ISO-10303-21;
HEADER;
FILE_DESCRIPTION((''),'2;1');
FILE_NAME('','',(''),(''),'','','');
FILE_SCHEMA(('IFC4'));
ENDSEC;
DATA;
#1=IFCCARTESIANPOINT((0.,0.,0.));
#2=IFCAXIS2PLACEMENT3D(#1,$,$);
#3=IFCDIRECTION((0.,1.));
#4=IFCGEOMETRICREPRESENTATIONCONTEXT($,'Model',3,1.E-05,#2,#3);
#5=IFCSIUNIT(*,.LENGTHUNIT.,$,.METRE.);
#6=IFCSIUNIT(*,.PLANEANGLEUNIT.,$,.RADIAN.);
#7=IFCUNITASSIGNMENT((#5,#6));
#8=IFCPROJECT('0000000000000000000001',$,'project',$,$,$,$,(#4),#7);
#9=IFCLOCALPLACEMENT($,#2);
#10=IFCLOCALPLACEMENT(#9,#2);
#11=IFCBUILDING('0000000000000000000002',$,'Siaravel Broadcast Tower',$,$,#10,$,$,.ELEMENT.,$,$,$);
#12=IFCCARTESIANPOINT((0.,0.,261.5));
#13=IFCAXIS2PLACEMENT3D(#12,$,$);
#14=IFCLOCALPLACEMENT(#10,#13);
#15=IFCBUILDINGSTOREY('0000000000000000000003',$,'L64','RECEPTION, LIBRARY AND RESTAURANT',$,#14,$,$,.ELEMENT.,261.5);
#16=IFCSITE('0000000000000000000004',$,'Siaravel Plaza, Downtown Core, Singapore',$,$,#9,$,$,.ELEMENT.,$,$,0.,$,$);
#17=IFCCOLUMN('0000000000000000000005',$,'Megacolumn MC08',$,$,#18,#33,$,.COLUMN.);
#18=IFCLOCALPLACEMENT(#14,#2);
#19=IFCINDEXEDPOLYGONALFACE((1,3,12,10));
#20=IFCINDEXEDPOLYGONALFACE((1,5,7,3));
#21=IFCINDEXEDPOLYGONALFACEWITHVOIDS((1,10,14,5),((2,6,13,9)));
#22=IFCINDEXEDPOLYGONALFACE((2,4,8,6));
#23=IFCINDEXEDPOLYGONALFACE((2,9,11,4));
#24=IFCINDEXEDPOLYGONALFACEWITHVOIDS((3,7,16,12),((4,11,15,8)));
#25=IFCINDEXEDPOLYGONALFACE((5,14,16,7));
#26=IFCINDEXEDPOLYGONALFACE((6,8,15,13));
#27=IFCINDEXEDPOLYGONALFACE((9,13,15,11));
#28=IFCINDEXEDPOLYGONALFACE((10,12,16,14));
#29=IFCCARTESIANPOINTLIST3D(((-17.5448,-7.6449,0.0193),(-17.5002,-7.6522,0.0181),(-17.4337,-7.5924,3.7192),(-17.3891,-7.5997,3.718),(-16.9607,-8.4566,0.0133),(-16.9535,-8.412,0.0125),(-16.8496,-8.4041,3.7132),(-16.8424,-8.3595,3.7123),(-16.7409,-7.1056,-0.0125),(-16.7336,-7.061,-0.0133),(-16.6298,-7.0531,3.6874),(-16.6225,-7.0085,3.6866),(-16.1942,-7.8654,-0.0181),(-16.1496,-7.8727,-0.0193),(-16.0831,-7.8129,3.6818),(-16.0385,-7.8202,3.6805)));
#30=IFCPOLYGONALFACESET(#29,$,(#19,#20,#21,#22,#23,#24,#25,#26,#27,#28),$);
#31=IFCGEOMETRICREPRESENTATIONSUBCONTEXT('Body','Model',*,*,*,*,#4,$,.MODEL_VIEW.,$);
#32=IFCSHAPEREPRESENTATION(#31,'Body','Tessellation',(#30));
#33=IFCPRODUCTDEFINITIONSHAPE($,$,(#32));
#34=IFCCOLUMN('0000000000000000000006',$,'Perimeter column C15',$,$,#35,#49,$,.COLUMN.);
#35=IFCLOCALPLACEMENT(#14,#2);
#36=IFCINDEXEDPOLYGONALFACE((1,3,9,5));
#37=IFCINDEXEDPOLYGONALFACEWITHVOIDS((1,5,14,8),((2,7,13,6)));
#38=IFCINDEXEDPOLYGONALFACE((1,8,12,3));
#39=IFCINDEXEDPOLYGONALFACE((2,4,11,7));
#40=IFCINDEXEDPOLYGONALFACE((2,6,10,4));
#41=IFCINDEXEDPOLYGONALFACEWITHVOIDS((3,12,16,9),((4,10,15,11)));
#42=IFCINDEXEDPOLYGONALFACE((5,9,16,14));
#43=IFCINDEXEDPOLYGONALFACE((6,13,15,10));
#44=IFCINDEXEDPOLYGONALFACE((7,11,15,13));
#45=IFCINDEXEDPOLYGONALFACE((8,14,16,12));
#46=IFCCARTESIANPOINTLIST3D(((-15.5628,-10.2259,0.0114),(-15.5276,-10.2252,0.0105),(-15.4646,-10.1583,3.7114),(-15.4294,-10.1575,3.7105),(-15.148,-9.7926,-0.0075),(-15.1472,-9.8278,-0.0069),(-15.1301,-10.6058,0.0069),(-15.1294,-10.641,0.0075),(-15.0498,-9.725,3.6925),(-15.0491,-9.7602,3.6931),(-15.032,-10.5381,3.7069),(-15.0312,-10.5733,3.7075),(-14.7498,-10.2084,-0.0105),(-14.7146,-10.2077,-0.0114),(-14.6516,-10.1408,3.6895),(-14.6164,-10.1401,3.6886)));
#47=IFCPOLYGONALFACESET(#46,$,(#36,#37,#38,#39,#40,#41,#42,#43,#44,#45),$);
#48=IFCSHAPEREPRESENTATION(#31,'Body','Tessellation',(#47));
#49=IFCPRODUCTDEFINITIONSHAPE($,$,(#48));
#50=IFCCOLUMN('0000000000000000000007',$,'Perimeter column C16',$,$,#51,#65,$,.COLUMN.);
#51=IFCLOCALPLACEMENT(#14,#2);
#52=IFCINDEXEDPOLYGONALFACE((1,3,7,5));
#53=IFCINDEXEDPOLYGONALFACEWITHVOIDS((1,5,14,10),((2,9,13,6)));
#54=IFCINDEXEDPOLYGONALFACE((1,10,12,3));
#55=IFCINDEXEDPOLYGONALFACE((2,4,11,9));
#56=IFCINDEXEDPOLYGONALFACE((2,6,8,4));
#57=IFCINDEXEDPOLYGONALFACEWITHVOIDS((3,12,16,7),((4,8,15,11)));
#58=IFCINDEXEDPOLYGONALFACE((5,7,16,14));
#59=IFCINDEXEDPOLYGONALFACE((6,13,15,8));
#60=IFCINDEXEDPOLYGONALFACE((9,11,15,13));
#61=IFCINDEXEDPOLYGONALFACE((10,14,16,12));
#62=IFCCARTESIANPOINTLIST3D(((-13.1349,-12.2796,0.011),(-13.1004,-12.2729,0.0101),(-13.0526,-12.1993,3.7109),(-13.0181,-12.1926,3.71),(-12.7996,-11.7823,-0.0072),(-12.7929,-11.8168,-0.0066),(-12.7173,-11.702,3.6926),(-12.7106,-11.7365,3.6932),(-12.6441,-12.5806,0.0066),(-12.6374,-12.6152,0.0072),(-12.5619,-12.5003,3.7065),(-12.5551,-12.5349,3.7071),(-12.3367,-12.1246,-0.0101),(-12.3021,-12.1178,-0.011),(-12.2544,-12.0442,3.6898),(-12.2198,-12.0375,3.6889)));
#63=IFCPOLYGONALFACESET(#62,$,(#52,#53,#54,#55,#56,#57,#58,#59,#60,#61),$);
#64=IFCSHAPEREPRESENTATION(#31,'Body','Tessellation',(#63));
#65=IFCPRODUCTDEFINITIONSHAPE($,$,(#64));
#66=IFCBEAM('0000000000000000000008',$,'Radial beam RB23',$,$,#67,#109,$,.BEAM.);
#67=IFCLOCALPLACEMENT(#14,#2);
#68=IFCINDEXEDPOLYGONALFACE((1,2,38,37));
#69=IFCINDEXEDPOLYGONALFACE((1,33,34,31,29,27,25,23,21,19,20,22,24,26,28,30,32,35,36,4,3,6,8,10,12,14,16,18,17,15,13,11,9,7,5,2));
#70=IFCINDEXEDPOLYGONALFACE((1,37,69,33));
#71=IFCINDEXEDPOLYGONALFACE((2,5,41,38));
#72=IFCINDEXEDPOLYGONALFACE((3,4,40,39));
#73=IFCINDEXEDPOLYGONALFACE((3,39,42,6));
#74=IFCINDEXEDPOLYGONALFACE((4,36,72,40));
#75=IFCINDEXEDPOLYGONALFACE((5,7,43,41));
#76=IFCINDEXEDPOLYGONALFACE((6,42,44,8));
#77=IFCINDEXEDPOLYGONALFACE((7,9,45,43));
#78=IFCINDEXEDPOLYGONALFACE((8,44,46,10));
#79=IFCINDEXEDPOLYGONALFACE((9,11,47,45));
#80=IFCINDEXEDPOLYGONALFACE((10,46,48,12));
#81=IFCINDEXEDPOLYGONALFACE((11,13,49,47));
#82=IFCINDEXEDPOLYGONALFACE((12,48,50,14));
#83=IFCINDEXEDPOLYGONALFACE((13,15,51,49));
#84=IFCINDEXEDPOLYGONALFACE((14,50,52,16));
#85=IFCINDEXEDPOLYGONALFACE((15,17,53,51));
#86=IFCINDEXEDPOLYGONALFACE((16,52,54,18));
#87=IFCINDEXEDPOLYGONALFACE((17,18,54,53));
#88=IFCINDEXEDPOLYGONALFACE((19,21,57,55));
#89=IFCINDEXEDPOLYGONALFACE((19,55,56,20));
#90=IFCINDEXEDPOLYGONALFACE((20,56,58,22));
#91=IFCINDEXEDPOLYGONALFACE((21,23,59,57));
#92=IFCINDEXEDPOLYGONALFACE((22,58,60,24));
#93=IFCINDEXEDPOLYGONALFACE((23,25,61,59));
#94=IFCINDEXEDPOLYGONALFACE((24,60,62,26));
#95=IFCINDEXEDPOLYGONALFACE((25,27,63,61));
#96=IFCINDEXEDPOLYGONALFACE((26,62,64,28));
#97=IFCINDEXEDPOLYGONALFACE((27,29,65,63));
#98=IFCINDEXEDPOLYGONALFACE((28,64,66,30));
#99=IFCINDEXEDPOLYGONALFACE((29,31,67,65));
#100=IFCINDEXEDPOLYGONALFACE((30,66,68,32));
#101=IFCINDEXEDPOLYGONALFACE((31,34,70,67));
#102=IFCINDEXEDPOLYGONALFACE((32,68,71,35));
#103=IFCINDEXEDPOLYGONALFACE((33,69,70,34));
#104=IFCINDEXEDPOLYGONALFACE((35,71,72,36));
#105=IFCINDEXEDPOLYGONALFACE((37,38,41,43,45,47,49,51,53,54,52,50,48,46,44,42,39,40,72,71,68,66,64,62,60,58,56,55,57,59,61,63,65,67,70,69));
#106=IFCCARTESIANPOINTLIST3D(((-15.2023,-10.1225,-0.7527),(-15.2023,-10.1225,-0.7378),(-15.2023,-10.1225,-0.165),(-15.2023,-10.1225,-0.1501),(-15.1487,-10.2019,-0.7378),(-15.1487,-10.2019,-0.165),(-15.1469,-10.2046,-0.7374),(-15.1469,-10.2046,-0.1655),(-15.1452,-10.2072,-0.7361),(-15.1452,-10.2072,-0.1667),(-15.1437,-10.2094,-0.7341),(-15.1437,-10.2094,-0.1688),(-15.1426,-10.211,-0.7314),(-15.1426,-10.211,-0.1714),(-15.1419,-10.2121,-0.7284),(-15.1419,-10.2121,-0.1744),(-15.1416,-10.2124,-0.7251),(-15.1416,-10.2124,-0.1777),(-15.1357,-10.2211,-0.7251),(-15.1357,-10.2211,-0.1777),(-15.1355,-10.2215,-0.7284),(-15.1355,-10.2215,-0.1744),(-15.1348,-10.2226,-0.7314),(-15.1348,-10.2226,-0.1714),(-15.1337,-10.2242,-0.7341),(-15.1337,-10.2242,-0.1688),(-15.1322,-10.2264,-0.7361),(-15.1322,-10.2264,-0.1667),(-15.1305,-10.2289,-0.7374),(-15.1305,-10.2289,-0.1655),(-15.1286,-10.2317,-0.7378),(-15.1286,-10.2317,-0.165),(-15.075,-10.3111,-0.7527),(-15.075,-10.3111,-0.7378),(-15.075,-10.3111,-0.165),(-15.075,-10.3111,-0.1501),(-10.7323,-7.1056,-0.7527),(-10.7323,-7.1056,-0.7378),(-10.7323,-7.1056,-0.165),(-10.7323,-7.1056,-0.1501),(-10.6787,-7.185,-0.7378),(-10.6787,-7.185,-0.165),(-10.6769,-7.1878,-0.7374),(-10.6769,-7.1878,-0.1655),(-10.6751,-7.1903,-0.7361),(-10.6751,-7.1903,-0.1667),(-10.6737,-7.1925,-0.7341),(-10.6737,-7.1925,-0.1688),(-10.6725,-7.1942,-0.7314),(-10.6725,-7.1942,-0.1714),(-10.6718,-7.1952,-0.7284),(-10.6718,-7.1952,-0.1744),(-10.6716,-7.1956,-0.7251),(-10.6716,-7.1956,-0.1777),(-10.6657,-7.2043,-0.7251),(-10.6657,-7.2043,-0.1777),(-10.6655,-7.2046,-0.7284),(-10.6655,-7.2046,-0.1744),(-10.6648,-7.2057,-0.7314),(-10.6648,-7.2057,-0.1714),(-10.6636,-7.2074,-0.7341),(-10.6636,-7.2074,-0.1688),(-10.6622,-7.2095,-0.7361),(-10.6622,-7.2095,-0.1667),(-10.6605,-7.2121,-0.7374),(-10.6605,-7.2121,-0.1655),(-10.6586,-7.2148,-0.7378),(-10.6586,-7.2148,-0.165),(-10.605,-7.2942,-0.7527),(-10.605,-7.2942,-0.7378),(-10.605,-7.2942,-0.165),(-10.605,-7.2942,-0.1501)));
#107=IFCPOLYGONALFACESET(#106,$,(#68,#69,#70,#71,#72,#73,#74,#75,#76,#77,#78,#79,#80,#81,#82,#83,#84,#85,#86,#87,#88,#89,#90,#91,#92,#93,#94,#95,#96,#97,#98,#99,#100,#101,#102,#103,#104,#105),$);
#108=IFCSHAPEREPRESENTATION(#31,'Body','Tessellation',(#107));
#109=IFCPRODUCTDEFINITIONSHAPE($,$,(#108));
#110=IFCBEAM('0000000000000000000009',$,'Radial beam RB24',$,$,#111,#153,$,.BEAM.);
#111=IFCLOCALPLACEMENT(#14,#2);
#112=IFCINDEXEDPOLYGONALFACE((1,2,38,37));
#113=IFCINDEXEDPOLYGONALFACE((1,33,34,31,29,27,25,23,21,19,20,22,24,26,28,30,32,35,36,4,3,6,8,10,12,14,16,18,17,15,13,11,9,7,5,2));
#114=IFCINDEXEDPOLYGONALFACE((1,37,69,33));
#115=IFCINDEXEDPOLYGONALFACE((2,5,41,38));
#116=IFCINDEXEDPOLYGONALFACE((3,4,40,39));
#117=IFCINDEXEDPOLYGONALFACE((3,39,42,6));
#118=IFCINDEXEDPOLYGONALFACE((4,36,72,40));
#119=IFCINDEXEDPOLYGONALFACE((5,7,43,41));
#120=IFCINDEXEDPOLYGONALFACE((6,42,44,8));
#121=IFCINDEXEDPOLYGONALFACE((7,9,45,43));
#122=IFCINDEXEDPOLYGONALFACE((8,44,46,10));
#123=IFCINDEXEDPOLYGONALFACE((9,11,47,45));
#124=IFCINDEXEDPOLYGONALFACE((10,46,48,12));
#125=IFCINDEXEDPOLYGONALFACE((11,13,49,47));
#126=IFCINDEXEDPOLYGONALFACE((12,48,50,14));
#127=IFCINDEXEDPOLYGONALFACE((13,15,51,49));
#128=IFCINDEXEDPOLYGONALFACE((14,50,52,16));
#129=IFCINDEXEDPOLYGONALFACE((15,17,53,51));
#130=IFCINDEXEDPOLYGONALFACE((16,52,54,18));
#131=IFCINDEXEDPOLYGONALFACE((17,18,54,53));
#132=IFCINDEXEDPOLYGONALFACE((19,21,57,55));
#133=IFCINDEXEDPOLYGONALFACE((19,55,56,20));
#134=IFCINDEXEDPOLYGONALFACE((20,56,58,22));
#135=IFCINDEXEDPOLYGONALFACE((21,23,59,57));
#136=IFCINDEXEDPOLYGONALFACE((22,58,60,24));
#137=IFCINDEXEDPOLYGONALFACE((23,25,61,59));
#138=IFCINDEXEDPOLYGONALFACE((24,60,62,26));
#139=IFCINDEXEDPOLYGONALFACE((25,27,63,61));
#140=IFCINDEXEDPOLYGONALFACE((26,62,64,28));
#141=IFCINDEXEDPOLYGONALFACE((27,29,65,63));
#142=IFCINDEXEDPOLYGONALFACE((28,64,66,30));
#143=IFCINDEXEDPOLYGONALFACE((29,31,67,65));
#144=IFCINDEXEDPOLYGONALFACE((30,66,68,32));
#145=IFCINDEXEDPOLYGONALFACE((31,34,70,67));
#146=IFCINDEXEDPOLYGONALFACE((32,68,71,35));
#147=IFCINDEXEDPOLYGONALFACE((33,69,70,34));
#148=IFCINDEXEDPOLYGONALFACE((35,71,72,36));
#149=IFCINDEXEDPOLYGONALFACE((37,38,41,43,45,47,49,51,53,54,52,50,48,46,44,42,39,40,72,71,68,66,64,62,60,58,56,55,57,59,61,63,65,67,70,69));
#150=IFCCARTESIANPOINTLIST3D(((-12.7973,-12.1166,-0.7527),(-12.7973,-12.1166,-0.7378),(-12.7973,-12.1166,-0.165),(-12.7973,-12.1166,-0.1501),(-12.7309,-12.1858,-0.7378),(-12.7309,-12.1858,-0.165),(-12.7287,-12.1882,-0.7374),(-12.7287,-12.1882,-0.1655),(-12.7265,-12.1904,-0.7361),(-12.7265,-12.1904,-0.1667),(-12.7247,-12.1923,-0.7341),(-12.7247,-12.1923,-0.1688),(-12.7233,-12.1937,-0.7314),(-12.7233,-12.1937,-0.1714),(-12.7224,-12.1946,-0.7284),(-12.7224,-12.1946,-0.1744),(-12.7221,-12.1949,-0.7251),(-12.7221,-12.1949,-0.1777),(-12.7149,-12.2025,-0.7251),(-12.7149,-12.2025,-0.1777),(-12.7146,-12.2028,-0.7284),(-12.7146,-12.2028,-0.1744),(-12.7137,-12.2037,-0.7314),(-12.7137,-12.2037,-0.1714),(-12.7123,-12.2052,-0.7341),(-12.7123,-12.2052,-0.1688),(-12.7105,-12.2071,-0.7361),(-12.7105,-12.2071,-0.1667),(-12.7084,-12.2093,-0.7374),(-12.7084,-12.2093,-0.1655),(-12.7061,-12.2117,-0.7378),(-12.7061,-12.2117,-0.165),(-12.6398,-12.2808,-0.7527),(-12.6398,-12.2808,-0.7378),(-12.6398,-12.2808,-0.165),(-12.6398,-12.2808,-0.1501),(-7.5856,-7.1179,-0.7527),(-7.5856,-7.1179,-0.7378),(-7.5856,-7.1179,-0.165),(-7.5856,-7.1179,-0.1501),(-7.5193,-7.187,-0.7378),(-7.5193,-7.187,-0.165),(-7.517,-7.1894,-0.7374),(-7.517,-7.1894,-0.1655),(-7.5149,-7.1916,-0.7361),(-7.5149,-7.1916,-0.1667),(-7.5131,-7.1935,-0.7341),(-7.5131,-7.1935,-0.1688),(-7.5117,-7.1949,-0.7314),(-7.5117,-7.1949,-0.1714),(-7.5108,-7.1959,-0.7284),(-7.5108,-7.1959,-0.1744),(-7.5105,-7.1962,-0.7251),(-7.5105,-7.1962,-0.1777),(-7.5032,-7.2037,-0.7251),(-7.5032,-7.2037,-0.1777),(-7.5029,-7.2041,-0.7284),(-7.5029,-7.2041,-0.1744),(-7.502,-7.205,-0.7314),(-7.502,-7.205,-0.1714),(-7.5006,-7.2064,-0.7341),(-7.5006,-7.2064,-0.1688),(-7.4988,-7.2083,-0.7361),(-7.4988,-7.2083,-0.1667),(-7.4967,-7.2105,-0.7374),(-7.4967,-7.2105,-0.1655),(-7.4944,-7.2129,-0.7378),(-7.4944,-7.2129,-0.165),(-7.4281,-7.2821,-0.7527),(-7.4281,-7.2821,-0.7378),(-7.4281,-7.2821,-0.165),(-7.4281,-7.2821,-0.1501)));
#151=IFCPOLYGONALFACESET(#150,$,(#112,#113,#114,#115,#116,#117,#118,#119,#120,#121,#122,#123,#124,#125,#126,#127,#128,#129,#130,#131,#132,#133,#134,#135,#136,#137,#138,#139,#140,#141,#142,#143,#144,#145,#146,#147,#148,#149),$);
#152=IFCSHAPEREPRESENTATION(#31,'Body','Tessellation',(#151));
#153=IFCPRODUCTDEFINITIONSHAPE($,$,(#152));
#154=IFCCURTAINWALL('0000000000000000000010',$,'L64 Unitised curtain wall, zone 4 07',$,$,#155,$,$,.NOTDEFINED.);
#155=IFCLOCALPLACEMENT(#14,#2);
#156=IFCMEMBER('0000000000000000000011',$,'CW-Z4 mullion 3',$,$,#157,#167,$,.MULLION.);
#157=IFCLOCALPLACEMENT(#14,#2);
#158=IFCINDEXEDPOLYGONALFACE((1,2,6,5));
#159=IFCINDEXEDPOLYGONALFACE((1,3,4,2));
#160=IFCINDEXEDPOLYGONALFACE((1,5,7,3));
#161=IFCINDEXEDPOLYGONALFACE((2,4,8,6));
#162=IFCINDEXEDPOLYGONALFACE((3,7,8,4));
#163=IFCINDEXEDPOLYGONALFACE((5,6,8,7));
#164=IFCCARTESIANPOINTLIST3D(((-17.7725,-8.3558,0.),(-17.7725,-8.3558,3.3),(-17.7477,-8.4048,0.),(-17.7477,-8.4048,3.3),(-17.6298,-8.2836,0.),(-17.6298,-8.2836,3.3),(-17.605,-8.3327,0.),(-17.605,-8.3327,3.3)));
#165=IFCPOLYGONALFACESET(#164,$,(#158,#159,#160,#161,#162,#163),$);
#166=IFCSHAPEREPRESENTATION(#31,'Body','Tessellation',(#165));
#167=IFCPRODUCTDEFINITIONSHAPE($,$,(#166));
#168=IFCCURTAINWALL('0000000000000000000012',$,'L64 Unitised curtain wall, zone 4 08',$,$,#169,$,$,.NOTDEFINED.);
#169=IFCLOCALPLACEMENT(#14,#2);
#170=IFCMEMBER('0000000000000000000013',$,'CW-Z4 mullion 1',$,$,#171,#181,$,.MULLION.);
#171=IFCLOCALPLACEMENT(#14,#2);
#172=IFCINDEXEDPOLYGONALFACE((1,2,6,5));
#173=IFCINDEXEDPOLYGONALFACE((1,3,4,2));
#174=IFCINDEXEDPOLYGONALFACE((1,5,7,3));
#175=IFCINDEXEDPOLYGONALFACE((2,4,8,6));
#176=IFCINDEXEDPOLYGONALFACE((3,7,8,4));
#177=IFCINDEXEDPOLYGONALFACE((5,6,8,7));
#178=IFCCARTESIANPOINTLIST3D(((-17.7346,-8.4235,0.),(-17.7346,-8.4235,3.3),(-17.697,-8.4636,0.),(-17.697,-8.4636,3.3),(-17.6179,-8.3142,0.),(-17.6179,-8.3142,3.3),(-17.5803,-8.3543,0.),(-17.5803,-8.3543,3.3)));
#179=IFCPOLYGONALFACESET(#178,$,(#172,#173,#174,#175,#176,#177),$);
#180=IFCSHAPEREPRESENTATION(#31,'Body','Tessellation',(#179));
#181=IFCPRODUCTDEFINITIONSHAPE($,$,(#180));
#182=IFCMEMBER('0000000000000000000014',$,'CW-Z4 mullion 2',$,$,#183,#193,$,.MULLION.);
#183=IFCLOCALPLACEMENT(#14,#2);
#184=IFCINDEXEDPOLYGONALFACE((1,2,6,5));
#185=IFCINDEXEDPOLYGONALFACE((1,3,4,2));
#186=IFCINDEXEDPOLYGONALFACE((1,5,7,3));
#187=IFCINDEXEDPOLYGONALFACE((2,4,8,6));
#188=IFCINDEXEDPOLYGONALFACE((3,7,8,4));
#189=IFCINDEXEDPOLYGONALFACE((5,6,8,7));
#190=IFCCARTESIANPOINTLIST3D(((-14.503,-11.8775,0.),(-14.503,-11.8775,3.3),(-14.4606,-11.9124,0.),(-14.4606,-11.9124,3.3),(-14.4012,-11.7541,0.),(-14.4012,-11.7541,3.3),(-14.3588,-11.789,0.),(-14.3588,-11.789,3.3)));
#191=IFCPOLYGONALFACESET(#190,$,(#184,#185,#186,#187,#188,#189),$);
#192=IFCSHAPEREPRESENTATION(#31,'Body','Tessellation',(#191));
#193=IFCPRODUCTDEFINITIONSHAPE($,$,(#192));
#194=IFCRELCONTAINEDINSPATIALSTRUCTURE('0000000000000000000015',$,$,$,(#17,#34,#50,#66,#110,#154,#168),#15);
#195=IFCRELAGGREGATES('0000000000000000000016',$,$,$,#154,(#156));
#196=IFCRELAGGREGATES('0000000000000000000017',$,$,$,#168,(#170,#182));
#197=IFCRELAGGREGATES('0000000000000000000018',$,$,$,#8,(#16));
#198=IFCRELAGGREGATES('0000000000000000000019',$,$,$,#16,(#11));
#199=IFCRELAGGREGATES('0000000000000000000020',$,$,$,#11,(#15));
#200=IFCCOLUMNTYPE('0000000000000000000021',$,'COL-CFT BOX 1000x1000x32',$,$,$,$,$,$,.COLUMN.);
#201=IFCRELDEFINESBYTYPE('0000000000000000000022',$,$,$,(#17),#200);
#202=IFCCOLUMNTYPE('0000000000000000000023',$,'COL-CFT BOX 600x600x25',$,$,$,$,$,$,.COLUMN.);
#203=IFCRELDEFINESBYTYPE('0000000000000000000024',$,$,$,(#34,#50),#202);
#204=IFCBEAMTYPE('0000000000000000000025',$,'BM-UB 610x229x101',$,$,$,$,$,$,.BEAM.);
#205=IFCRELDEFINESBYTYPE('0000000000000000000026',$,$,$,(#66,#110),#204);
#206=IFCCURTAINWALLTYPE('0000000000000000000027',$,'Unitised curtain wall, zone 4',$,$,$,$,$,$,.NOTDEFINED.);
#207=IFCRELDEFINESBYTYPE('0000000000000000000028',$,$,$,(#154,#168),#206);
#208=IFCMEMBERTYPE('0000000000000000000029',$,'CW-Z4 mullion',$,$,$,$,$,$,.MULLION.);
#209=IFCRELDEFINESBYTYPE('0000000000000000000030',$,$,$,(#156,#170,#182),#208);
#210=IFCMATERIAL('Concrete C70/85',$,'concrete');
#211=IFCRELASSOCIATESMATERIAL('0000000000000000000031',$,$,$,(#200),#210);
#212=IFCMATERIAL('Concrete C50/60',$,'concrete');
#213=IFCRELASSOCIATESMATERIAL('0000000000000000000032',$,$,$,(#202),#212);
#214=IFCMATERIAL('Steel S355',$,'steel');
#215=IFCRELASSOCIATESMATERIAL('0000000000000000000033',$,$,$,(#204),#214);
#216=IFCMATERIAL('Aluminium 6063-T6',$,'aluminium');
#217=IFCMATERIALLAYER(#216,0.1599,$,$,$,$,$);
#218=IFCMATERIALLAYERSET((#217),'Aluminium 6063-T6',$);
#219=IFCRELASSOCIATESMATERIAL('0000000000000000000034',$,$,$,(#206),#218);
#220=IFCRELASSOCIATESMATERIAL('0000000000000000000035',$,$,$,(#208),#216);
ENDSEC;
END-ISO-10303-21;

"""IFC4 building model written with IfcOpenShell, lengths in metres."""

from ifc_helpers import new_model, si_unit, direction, frame, origin, origin_2d, place, context, subcontext, project, spatial, rectangle, hollow_rectangle, i_section, extrude, material, layer, layer_set, material_profile, profile_set, type_object, element, aggregate, save


model = new_model("IFC4")

# Units and contexts
model_context = context("Model", 3, precision=1e-05, world=origin(), true_north=direction((0.0, 1.0)))
body_context = subcontext(model_context, "Body", "Model", "MODEL_VIEW")
ifc_project = project(units=[si_unit("LENGTHUNIT", "METRE"), si_unit("PLANEANGLEUNIT", "RADIAN")], contexts=[model_context])

# Site, building, storey
site_placement = place(None, origin())
site = spatial("IfcSite", under=ifc_project, at=site_placement, Name="Siaravel Plaza, Downtown Core, Singapore", CompositionType="ELEMENT", RefElevation=0.0)
building_placement = place(site_placement, origin())
building = spatial("IfcBuilding", under=site, at=building_placement, Name="Siaravel Broadcast Tower", CompositionType="ELEMENT")
storey_placement = place(building_placement, frame((0.0, 0.0, 261.5)))
storey = spatial("IfcBuildingStorey", under=building, at=storey_placement, Name="L64", Description="RECEPTION, LIBRARY AND RESTAURANT", CompositionType="ELEMENT", Elevation=261.5)

# Columns
ifc_material_1 = material(Name="Concrete C70/85", Category="concrete")
ifc_material_profile_1 = material_profile(ifc_material_1, hollow_rectangle(XDim=1.0, YDim=1.0, WallThickness=0.032, at=origin_2d()))
ifc_profile_set_1 = profile_set([ifc_material_profile_1], Name="Concrete C70/85")
column_type_1 = type_object("IfcColumnType", Name="COL-CFT BOX 1000x1000x32", PredefinedType="COLUMN", material=ifc_profile_set_1)
column_1_placement = place(storey_placement, frame((-16.8472, -7.7588, 0.0), z_axis=(0.030007, 0.014179, 0.999449), x_axis=(-0.584046, 0.811698, 0.00602)))
element("IfcColumn", 1, at=column_1_placement, inside=storey, type_object=column_type_1, Name="Megacolumn MC08", PredefinedType="COLUMN", context=body_context, shape_type="SweptSolid", body=[
    extrude(hollow_rectangle(XDim=1.0, YDim=1.0, WallThickness=0.032, at=origin_2d()), origin(), (0.0, 0.0, 1.0), 3.7019),
])
ifc_material_2 = material(Name="Concrete C50/60", Category="concrete")
ifc_material_profile_2 = material_profile(ifc_material_2, hollow_rectangle(XDim=0.6001, YDim=0.6001, WallThickness=0.0249, at=origin_2d()))
ifc_profile_set_2 = profile_set([ifc_material_profile_2], Name="Concrete C50/60")
column_type_2 = type_object("IfcColumnType", Name="COL-CFT BOX 600x600x25", PredefinedType="COLUMN", material=ifc_profile_set_2)
column_2_placement = place(storey_placement, frame((-15.1387, -10.2168, 0.0), z_axis=(0.026512, 0.018268, 0.999482), x_axis=(-0.722217, 0.691636, 0.006516)))
element("IfcColumn", 2, at=column_2_placement, inside=storey, type_object=column_type_2, Name="Perimeter column C15", PredefinedType="COLUMN", context=body_context, shape_type="SweptSolid", body=[
    extrude(hollow_rectangle(XDim=0.6001, YDim=0.6001, WallThickness=0.0249, at=origin_2d()), origin(), (0.0, 0.0, 1.0), 3.7019),
])
column_3_placement = place(storey_placement, frame((-12.7185, -12.1987, 0.0), z_axis=(0.022226, 0.021699, 0.999517), x_axis=(-0.829024, 0.559177, 0.006296)))
element("IfcColumn", 3, at=column_3_placement, inside=storey, type_object=column_type_2, Name="Perimeter column C16", PredefinedType="COLUMN", context=body_context, shape_type="SweptSolid", body=[
    extrude(hollow_rectangle(XDim=0.6001, YDim=0.6001, WallThickness=0.0249, at=origin_2d()), origin(), (0.0, 0.0, 1.0), 3.7017),
])

# Beams
ifc_material_3 = material(Name="Steel S355", Category="steel")
ifc_material_profile_3 = material_profile(ifc_material_3, i_section(OverallWidth=0.2275, OverallDepth=0.6025, WebThickness=0.0105, FlangeThickness=0.0149, FilletRadius=0.0127, at=origin_2d()))
ifc_profile_set_3 = profile_set([ifc_material_profile_3], Name="Steel S355")
beam_type = type_object("IfcBeamType", Name="BM-UB 610x229x101", PredefinedType="BEAM", material=ifc_profile_set_3)
beam_1_placement = place(storey_placement, frame((-15.1387, -10.2168, -0.4514), z_axis=(0.828882, 0.559424, 0.0), x_axis=(-0.559424, 0.828882, 0.0)))
element("IfcBeam", 4, at=beam_1_placement, inside=storey, type_object=beam_type, Name="Radial beam RB23", PredefinedType="BEAM", context=body_context, shape_type="SweptSolid", body=[
    extrude(i_section(OverallWidth=0.2275, OverallDepth=0.6025, WebThickness=0.0105, FlangeThickness=0.0149, FilletRadius=0.0127, at=origin_2d()), origin(), (0.0, 0.0, 1.0), 5.3928),
])
beam_2_placement = place(storey_placement, frame((-12.7185, -12.1987, -0.4514), z_axis=(0.721693, 0.692213, 0.0), x_axis=(-0.692213, 0.721693, 0.0)))
element("IfcBeam", 5, at=beam_2_placement, inside=storey, type_object=beam_type, Name="Radial beam RB24", PredefinedType="BEAM", context=body_context, shape_type="SweptSolid", body=[
    extrude(i_section(OverallWidth=0.2275, OverallDepth=0.6025, WebThickness=0.0105, FlangeThickness=0.0149, FilletRadius=0.0127, at=origin_2d()), origin(), (0.0, 0.0, 1.0), 7.2214),
])

# Curtain wall, member
ifc_material_4 = material(Name="Aluminium 6063-T6", Category="aluminium")
ifc_layer_1 = layer(ifc_material_4, 0.1599)
ifc_layer_set_1 = layer_set([ifc_layer_1], Name="Aluminium 6063-T6")
curtain_wall_type = type_object("IfcCurtainWallType", Name="Unitised curtain wall, zone 4", PredefinedType="NOTDEFINED", material=ifc_layer_set_1)
curtain_wall_1_placement = place(storey_placement, origin())
curtain_wall_1 = element("IfcCurtainWall", 6, at=curtain_wall_1_placement, inside=storey, type_object=curtain_wall_type, Name="L64 Unitised curtain wall, zone 4 07", PredefinedType="NOTDEFINED")
ifc_material_profile_4 = material_profile(ifc_material_4, rectangle(XDim=0.1599, YDim=0.0549, at=origin_2d()))
ifc_profile_set_4 = profile_set([ifc_material_profile_4], Name="Aluminium 6063-T6")
member_type_1 = type_object("IfcMemberType", Name="CW-Z4 mullion", PredefinedType="MULLION", material=ifc_profile_set_4)
member_1_placement = place(storey_placement, frame((-17.6887, -8.3442, 0.0), z_axis=(0.0, 0.0, 1.0), x_axis=(0.892393, 0.451259, 0.0)))
member_1 = element("IfcMember", 7, at=member_1_placement, type_object=member_type_1, Name="CW-Z4 mullion 3", PredefinedType="MULLION", context=body_context, shape_type="SweptSolid", body=[
    extrude(rectangle(XDim=0.1599, YDim=0.0549, at=origin_2d()), origin(), (0.0, 0.0, 1.0), 3.3),
])
aggregate(curtain_wall_1, [member_1])

# Curtain wall, members
curtain_wall_2_placement = place(storey_placement, origin())
curtain_wall_2 = element("IfcCurtainWall", 8, at=curtain_wall_2_placement, inside=storey, type_object=curtain_wall_type, Name="L64 Unitised curtain wall, zone 4 08", PredefinedType="NOTDEFINED")
member_2_placement = place(storey_placement, frame((-17.6575, -8.3889, 0.0), z_axis=(0.0, 0.0, 1.0), x_axis=(0.729807, 0.683653, 0.0)))
member_2 = element("IfcMember", 9, at=member_2_placement, type_object=member_type_1, Name="CW-Z4 mullion 1", PredefinedType="MULLION", context=body_context, shape_type="SweptSolid", body=[
    extrude(rectangle(XDim=0.1599, YDim=0.0549, at=origin_2d()), origin(), (0.0, 0.0, 1.0), 3.3),
])
member_3_placement = place(storey_placement, frame((-14.4309, -11.8333, 0.0), z_axis=(0.0, 0.0, 1.0), x_axis=(0.63622, 0.771508, 0.0)))
member_3 = element("IfcMember", 10, at=member_3_placement, type_object=member_type_1, Name="CW-Z4 mullion 2", PredefinedType="MULLION", context=body_context, shape_type="SweptSolid", body=[
    extrude(rectangle(XDim=0.1599, YDim=0.0549, at=origin_2d()), origin(), (0.0, 0.0, 1.0), 3.3),
])

aggregate(curtain_wall_2, [member_2, member_3])

save(model, "model.ifc")
